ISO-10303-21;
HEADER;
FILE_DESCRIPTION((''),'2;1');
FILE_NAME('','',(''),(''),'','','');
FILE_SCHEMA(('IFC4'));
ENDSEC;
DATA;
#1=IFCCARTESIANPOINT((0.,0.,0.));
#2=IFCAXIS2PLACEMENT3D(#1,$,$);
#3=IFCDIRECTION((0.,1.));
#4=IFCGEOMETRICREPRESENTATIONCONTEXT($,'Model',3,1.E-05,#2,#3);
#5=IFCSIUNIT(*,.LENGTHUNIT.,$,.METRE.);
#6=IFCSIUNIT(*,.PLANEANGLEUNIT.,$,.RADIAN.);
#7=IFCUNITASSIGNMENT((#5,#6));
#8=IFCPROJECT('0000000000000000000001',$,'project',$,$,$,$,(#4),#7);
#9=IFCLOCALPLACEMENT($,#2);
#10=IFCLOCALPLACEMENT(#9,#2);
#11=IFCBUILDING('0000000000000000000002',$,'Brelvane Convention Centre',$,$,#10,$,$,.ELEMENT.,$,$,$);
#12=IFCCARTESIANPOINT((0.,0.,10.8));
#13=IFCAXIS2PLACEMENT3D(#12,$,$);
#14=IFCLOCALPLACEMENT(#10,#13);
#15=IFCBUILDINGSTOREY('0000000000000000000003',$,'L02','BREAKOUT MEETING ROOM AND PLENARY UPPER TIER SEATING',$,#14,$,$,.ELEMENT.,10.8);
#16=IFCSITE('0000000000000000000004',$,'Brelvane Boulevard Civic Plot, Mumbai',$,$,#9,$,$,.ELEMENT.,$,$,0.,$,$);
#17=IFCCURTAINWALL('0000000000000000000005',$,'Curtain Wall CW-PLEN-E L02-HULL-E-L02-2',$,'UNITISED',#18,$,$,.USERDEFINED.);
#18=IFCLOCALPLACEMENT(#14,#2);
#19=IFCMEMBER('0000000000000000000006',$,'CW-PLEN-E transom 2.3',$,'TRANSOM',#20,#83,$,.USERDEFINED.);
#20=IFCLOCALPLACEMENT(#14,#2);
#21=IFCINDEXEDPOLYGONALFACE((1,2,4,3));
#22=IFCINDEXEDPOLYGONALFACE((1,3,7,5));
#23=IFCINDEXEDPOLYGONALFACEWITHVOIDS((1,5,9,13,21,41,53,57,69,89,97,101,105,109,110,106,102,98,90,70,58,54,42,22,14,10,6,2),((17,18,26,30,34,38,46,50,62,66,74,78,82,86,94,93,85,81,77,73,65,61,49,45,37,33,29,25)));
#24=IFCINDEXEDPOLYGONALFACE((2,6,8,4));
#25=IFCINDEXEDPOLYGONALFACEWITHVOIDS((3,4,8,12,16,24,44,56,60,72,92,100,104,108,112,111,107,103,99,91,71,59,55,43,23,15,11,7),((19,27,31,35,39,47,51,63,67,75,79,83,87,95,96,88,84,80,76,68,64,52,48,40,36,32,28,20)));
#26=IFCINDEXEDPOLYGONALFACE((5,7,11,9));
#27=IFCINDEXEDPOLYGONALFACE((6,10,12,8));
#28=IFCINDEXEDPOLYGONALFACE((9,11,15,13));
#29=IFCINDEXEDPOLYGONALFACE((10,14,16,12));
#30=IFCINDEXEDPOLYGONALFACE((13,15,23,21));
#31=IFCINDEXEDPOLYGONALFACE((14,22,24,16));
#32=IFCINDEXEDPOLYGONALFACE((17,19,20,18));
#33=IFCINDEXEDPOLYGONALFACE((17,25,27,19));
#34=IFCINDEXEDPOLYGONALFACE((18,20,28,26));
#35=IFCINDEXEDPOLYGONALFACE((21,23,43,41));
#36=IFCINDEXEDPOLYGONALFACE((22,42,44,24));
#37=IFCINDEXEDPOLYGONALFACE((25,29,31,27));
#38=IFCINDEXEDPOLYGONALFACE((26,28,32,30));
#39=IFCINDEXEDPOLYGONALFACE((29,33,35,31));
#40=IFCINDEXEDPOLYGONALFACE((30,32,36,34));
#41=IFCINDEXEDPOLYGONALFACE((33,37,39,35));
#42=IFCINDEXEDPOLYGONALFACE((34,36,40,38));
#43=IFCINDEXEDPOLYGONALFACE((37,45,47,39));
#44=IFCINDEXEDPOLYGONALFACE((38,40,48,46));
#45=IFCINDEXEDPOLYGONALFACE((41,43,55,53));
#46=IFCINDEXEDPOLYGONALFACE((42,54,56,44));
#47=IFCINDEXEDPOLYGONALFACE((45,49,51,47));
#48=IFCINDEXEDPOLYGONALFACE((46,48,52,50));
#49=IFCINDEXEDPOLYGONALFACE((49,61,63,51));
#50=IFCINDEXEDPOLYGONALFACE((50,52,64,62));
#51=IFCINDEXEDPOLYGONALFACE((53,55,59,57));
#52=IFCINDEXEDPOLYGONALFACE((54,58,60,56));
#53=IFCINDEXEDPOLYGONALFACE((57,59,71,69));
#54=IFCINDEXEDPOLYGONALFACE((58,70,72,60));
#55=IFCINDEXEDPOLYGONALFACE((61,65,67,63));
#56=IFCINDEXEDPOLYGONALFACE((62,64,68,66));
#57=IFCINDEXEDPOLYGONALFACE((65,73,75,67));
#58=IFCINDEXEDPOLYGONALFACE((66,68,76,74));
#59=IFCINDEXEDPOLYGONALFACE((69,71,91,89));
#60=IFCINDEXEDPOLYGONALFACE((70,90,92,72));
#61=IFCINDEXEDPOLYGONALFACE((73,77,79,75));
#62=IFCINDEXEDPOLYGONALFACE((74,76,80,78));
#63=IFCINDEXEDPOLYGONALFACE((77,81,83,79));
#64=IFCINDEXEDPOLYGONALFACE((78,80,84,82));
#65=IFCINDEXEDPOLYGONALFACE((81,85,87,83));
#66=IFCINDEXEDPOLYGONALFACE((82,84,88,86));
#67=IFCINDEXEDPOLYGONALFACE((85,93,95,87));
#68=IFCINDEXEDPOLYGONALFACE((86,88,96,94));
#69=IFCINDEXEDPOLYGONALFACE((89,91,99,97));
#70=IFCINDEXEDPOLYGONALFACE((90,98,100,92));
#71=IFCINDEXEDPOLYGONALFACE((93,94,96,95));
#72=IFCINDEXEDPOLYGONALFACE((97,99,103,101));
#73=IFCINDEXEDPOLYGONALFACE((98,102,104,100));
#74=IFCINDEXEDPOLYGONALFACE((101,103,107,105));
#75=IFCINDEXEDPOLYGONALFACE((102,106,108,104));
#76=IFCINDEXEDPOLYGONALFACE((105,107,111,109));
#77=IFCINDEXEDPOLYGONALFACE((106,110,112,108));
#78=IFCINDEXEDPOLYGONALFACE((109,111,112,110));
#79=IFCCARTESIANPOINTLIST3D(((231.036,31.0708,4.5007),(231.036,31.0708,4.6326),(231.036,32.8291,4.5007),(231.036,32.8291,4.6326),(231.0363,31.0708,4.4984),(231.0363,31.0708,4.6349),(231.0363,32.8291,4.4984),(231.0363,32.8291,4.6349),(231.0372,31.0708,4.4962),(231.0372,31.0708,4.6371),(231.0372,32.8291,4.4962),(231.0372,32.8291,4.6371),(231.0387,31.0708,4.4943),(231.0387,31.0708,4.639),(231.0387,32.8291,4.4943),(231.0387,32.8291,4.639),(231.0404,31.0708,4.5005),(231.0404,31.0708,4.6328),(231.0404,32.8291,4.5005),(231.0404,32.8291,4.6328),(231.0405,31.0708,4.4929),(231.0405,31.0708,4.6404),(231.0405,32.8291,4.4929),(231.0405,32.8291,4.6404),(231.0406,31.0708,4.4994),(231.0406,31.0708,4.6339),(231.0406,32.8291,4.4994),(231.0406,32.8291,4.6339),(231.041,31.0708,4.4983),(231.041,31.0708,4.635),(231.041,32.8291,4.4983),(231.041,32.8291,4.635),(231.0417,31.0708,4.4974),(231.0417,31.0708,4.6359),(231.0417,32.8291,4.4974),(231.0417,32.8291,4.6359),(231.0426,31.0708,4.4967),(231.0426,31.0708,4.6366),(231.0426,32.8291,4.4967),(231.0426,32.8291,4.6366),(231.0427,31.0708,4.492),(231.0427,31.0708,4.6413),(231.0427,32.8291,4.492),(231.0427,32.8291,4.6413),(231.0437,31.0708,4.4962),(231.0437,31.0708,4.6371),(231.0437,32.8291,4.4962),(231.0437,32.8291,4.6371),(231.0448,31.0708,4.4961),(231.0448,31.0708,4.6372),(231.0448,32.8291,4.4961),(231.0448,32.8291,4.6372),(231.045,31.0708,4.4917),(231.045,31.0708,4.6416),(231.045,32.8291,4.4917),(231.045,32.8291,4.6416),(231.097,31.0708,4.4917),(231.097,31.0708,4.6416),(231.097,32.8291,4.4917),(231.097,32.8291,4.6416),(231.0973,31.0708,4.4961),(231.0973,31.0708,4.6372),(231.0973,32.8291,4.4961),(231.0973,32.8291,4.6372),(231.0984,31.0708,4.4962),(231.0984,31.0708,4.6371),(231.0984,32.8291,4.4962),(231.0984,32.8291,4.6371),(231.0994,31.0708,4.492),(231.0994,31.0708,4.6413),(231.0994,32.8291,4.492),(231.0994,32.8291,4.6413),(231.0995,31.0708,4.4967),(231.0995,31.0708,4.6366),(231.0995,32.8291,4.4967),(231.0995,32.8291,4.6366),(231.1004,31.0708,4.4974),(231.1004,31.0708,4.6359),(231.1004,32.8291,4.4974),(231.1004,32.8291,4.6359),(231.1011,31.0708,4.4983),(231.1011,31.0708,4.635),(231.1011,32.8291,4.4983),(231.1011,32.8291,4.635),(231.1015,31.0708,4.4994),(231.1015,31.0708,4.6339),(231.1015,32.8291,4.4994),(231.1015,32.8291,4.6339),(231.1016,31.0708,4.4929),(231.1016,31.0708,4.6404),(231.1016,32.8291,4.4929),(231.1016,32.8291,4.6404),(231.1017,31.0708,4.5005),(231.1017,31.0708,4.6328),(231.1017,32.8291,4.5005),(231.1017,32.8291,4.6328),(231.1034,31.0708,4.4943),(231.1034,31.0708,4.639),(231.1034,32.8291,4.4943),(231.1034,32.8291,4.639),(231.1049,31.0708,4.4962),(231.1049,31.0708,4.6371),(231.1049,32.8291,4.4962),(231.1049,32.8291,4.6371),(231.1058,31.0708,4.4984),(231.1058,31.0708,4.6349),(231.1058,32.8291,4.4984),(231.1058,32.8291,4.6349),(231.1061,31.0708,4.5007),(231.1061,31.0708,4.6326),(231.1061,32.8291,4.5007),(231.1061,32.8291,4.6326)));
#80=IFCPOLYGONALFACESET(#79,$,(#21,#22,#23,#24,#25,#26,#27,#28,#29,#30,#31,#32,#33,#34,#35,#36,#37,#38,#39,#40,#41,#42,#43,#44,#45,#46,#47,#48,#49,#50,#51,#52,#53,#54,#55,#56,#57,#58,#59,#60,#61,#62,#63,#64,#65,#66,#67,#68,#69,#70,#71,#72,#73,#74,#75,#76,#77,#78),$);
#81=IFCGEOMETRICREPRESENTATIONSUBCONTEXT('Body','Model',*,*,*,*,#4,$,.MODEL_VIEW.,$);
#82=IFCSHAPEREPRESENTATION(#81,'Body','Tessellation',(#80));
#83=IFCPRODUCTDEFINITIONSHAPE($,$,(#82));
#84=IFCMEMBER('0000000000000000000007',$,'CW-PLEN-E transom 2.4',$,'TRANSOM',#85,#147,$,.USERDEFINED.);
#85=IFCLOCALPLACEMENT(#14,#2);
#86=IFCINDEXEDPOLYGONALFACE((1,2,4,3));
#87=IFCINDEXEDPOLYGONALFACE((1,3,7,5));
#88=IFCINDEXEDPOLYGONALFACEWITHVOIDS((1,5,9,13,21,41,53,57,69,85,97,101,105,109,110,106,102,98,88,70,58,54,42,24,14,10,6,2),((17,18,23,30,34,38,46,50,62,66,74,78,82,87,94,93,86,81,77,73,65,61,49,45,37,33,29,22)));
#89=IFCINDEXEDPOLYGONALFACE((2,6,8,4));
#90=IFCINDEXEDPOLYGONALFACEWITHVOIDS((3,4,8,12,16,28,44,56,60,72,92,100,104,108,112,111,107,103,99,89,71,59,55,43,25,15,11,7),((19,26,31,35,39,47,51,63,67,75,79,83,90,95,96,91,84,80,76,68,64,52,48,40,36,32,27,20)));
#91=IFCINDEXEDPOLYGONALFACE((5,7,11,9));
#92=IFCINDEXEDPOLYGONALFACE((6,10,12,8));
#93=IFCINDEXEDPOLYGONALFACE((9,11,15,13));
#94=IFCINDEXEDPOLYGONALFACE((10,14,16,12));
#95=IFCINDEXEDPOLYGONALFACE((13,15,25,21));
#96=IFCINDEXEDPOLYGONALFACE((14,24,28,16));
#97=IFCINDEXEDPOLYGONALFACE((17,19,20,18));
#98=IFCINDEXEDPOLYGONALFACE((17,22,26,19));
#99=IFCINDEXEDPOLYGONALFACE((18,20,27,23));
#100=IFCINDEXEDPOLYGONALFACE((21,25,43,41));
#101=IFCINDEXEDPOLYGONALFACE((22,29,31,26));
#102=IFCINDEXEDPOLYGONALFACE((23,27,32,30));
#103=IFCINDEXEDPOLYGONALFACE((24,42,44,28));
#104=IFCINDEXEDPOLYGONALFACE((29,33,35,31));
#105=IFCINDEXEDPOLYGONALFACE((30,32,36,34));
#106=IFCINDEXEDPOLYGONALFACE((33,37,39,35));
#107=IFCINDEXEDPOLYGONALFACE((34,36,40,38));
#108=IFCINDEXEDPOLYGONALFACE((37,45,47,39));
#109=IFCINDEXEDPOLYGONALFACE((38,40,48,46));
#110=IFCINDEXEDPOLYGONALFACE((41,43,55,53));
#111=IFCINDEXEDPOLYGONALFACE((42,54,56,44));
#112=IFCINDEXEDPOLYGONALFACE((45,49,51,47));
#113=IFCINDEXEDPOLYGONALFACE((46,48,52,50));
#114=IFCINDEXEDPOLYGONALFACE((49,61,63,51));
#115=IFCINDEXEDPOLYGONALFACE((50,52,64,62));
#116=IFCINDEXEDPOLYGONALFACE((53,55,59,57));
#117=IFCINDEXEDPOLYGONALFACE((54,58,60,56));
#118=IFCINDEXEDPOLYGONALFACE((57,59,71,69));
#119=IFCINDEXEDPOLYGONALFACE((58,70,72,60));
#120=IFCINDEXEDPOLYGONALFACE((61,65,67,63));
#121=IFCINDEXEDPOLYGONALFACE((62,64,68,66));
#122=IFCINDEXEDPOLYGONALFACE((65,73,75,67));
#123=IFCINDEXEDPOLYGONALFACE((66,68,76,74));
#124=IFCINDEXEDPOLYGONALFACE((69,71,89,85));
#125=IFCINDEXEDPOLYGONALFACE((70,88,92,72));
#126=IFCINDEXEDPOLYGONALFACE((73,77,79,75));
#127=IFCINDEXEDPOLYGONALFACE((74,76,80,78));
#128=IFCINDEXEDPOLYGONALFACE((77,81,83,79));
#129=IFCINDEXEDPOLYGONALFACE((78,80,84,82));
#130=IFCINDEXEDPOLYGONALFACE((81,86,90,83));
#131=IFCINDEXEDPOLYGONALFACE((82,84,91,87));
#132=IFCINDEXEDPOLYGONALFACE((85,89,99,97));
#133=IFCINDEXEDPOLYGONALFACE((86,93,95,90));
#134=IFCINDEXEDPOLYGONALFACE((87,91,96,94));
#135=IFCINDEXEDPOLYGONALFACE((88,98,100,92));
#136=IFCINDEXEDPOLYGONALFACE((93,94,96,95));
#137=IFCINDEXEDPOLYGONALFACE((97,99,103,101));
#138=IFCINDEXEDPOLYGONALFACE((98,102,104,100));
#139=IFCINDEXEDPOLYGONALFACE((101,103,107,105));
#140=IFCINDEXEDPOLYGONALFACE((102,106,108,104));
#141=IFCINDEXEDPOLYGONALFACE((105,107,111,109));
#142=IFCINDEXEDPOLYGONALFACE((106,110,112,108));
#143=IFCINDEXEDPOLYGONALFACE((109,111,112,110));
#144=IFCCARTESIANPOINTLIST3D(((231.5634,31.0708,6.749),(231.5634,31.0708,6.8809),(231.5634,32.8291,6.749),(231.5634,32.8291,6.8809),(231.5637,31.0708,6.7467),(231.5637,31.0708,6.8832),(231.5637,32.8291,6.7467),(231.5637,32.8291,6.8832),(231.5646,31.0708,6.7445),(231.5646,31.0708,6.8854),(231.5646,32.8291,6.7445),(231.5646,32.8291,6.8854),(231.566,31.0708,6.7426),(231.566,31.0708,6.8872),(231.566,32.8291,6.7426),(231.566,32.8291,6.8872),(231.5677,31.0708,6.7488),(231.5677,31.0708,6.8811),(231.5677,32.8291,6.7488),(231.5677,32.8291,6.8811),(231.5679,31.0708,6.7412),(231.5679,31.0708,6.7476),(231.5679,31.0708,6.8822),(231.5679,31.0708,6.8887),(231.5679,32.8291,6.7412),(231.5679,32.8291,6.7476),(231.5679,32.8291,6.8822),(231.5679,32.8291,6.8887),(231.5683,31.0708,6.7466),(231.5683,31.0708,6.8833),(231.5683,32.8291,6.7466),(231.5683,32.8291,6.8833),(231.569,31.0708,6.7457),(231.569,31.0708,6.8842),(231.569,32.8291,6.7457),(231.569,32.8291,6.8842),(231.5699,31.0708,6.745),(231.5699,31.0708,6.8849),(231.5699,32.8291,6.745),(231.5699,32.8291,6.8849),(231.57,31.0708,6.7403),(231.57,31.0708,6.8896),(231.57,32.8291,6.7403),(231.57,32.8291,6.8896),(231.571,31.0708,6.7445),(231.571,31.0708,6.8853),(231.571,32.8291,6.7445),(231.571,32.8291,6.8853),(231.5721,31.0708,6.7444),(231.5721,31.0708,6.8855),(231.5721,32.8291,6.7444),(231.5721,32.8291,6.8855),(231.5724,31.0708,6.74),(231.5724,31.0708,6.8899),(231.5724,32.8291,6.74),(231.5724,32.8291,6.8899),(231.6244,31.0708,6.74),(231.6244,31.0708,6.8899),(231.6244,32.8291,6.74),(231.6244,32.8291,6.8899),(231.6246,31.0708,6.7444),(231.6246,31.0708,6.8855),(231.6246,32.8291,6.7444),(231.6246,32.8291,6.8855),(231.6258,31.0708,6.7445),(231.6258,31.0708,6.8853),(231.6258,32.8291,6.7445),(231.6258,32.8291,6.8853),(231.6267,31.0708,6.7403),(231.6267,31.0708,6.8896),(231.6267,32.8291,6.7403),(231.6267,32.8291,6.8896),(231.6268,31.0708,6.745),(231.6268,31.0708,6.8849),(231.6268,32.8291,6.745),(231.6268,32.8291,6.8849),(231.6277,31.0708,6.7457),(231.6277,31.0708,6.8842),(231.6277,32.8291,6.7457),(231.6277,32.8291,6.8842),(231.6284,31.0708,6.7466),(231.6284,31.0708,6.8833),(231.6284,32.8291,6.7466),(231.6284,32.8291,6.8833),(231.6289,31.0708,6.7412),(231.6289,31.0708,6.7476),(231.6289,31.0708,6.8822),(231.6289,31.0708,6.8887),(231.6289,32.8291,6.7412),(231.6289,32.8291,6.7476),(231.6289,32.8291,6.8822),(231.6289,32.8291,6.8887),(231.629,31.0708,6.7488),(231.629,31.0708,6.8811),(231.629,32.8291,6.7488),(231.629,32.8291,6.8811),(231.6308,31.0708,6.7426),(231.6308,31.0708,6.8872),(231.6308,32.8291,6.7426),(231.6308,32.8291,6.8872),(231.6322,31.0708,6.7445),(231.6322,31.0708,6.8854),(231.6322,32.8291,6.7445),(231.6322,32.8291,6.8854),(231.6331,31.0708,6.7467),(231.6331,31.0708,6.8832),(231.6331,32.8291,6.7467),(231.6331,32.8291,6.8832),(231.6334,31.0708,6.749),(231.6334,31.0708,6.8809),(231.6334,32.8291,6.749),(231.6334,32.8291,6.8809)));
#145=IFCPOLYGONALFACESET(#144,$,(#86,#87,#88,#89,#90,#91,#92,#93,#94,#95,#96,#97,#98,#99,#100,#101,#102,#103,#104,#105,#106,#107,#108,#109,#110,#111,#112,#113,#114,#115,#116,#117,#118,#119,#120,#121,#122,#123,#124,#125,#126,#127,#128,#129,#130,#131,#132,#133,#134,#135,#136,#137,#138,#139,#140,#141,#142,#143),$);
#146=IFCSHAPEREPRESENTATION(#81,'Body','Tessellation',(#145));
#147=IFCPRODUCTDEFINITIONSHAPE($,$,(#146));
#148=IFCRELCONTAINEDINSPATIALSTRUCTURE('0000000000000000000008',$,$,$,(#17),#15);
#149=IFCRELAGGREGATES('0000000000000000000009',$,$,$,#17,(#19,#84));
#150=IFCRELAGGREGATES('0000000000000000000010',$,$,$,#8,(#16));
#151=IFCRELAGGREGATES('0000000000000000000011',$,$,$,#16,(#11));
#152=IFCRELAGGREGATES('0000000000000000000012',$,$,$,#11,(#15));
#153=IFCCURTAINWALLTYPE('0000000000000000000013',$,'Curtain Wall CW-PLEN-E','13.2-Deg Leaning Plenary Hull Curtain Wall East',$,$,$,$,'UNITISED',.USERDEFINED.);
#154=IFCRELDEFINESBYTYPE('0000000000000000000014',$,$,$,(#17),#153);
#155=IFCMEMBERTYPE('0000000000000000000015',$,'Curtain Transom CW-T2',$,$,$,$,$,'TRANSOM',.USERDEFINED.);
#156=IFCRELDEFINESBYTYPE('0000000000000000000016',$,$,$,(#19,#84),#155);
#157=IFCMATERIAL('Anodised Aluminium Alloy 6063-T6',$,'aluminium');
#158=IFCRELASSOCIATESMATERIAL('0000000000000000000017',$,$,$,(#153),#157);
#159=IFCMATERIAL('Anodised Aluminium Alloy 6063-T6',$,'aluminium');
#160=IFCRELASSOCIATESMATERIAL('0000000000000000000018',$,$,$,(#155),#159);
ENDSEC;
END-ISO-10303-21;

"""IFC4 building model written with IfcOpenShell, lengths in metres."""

from ifc_helpers import new_model, si_unit, direction, frame, origin, origin_2d, place, context, subcontext, project, spatial, hollow_rectangle, extrude, material, material_profile, profile_set, type_object, element, aggregate, save


model = new_model("IFC4")

# Units and contexts
model_context = context("Model", 3, precision=1e-05, world=origin(), true_north=direction((0.0, 1.0)))
body_context = subcontext(model_context, "Body", "Model", "MODEL_VIEW")
ifc_project = project(units=[si_unit("LENGTHUNIT", "METRE"), si_unit("PLANEANGLEUNIT", "RADIAN")], contexts=[model_context])

# Site, building, storey
site_placement = place(None, origin())
site = spatial("IfcSite", under=ifc_project, at=site_placement, Name="Brelvane Boulevard Civic Plot, Mumbai", CompositionType="ELEMENT", RefElevation=0.0)
building_placement = place(site_placement, origin())
building = spatial("IfcBuilding", under=site, at=building_placement, Name="Brelvane Convention Centre", CompositionType="ELEMENT")
storey_placement = place(building_placement, frame((0.0, 0.0, 10.8)))
storey = spatial("IfcBuildingStorey", under=building, at=storey_placement, Name="L02", Description="BREAKOUT MEETING ROOM AND PLENARY UPPER TIER SEATING", CompositionType="ELEMENT", Elevation=10.8)

# Curtain wall, members
ifc_material_1 = material(Name="Anodised Aluminium Alloy 6063-T6", Category="aluminium")
curtain_wall_type = type_object("IfcCurtainWallType", Name="Curtain Wall CW-PLEN-E", Description="13.2-Deg Leaning Plenary Hull Curtain Wall East", ElementType="UNITISED", PredefinedType="USERDEFINED", material=ifc_material_1)
ifc_material_2 = material(Name="Anodised Aluminium Alloy 6063-T6", Category="aluminium")
ifc_material_profile = material_profile(ifc_material_2, hollow_rectangle(XDim=0.0701, YDim=0.1499, WallThickness=0.0044, InnerFilletRadius=0.0044, OuterFilletRadius=0.009, at=origin_2d()), Name="ALU-T 150x70x4.5")
ifc_profile_set = profile_set([ifc_material_profile], Name="Anodised Aluminium Alloy 6063-T6")
member_type = type_object("IfcMemberType", Name="Curtain Transom CW-T2", ElementType="TRANSOM", PredefinedType="USERDEFINED", material=ifc_profile_set)
curtain_wall_1_placement = place(storey_placement, origin())
curtain_wall_1 = element("IfcCurtainWall", 1, at=curtain_wall_1_placement, inside=storey, type_object=curtain_wall_type, Name="Curtain Wall CW-PLEN-E L02-HULL-E-L02-2", ObjectType="UNITISED", PredefinedType="USERDEFINED")
member_1_placement = place(storey_placement, frame((231.071, 31.0708, 4.5667), z_axis=(0.0, 1.0, 0.0), x_axis=(-1.0, 0.0, 0.0)))
member_1 = element("IfcMember", 2, at=member_1_placement, type_object=member_type, Name="CW-PLEN-E transom 2.3", ObjectType="TRANSOM", PredefinedType="USERDEFINED", context=body_context, shape_type="SweptSolid", body=[
    extrude(hollow_rectangle(XDim=0.0701, YDim=0.1499, WallThickness=0.0044, InnerFilletRadius=0.0044, OuterFilletRadius=0.009, at=origin_2d()), origin(), (0.0, 0.0, 1.0), 1.7583),
])
member_2_placement = place(storey_placement, frame((231.5984, 31.0708, 6.8149), z_axis=(0.0, 1.0, 0.0), x_axis=(-1.0, 0.0, 0.0)))
member_2 = element("IfcMember", 3, at=member_2_placement, type_object=member_type, Name="CW-PLEN-E transom 2.4", ObjectType="TRANSOM", PredefinedType="USERDEFINED", context=body_context, shape_type="SweptSolid", body=[
    extrude(hollow_rectangle(XDim=0.0701, YDim=0.1499, WallThickness=0.0044, InnerFilletRadius=0.0044, OuterFilletRadius=0.009, at=origin_2d()), origin(), (0.0, 0.0, 1.0), 1.7583),
])

aggregate(curtain_wall_1, [member_1, member_2])

save(model, "model.ifc")
